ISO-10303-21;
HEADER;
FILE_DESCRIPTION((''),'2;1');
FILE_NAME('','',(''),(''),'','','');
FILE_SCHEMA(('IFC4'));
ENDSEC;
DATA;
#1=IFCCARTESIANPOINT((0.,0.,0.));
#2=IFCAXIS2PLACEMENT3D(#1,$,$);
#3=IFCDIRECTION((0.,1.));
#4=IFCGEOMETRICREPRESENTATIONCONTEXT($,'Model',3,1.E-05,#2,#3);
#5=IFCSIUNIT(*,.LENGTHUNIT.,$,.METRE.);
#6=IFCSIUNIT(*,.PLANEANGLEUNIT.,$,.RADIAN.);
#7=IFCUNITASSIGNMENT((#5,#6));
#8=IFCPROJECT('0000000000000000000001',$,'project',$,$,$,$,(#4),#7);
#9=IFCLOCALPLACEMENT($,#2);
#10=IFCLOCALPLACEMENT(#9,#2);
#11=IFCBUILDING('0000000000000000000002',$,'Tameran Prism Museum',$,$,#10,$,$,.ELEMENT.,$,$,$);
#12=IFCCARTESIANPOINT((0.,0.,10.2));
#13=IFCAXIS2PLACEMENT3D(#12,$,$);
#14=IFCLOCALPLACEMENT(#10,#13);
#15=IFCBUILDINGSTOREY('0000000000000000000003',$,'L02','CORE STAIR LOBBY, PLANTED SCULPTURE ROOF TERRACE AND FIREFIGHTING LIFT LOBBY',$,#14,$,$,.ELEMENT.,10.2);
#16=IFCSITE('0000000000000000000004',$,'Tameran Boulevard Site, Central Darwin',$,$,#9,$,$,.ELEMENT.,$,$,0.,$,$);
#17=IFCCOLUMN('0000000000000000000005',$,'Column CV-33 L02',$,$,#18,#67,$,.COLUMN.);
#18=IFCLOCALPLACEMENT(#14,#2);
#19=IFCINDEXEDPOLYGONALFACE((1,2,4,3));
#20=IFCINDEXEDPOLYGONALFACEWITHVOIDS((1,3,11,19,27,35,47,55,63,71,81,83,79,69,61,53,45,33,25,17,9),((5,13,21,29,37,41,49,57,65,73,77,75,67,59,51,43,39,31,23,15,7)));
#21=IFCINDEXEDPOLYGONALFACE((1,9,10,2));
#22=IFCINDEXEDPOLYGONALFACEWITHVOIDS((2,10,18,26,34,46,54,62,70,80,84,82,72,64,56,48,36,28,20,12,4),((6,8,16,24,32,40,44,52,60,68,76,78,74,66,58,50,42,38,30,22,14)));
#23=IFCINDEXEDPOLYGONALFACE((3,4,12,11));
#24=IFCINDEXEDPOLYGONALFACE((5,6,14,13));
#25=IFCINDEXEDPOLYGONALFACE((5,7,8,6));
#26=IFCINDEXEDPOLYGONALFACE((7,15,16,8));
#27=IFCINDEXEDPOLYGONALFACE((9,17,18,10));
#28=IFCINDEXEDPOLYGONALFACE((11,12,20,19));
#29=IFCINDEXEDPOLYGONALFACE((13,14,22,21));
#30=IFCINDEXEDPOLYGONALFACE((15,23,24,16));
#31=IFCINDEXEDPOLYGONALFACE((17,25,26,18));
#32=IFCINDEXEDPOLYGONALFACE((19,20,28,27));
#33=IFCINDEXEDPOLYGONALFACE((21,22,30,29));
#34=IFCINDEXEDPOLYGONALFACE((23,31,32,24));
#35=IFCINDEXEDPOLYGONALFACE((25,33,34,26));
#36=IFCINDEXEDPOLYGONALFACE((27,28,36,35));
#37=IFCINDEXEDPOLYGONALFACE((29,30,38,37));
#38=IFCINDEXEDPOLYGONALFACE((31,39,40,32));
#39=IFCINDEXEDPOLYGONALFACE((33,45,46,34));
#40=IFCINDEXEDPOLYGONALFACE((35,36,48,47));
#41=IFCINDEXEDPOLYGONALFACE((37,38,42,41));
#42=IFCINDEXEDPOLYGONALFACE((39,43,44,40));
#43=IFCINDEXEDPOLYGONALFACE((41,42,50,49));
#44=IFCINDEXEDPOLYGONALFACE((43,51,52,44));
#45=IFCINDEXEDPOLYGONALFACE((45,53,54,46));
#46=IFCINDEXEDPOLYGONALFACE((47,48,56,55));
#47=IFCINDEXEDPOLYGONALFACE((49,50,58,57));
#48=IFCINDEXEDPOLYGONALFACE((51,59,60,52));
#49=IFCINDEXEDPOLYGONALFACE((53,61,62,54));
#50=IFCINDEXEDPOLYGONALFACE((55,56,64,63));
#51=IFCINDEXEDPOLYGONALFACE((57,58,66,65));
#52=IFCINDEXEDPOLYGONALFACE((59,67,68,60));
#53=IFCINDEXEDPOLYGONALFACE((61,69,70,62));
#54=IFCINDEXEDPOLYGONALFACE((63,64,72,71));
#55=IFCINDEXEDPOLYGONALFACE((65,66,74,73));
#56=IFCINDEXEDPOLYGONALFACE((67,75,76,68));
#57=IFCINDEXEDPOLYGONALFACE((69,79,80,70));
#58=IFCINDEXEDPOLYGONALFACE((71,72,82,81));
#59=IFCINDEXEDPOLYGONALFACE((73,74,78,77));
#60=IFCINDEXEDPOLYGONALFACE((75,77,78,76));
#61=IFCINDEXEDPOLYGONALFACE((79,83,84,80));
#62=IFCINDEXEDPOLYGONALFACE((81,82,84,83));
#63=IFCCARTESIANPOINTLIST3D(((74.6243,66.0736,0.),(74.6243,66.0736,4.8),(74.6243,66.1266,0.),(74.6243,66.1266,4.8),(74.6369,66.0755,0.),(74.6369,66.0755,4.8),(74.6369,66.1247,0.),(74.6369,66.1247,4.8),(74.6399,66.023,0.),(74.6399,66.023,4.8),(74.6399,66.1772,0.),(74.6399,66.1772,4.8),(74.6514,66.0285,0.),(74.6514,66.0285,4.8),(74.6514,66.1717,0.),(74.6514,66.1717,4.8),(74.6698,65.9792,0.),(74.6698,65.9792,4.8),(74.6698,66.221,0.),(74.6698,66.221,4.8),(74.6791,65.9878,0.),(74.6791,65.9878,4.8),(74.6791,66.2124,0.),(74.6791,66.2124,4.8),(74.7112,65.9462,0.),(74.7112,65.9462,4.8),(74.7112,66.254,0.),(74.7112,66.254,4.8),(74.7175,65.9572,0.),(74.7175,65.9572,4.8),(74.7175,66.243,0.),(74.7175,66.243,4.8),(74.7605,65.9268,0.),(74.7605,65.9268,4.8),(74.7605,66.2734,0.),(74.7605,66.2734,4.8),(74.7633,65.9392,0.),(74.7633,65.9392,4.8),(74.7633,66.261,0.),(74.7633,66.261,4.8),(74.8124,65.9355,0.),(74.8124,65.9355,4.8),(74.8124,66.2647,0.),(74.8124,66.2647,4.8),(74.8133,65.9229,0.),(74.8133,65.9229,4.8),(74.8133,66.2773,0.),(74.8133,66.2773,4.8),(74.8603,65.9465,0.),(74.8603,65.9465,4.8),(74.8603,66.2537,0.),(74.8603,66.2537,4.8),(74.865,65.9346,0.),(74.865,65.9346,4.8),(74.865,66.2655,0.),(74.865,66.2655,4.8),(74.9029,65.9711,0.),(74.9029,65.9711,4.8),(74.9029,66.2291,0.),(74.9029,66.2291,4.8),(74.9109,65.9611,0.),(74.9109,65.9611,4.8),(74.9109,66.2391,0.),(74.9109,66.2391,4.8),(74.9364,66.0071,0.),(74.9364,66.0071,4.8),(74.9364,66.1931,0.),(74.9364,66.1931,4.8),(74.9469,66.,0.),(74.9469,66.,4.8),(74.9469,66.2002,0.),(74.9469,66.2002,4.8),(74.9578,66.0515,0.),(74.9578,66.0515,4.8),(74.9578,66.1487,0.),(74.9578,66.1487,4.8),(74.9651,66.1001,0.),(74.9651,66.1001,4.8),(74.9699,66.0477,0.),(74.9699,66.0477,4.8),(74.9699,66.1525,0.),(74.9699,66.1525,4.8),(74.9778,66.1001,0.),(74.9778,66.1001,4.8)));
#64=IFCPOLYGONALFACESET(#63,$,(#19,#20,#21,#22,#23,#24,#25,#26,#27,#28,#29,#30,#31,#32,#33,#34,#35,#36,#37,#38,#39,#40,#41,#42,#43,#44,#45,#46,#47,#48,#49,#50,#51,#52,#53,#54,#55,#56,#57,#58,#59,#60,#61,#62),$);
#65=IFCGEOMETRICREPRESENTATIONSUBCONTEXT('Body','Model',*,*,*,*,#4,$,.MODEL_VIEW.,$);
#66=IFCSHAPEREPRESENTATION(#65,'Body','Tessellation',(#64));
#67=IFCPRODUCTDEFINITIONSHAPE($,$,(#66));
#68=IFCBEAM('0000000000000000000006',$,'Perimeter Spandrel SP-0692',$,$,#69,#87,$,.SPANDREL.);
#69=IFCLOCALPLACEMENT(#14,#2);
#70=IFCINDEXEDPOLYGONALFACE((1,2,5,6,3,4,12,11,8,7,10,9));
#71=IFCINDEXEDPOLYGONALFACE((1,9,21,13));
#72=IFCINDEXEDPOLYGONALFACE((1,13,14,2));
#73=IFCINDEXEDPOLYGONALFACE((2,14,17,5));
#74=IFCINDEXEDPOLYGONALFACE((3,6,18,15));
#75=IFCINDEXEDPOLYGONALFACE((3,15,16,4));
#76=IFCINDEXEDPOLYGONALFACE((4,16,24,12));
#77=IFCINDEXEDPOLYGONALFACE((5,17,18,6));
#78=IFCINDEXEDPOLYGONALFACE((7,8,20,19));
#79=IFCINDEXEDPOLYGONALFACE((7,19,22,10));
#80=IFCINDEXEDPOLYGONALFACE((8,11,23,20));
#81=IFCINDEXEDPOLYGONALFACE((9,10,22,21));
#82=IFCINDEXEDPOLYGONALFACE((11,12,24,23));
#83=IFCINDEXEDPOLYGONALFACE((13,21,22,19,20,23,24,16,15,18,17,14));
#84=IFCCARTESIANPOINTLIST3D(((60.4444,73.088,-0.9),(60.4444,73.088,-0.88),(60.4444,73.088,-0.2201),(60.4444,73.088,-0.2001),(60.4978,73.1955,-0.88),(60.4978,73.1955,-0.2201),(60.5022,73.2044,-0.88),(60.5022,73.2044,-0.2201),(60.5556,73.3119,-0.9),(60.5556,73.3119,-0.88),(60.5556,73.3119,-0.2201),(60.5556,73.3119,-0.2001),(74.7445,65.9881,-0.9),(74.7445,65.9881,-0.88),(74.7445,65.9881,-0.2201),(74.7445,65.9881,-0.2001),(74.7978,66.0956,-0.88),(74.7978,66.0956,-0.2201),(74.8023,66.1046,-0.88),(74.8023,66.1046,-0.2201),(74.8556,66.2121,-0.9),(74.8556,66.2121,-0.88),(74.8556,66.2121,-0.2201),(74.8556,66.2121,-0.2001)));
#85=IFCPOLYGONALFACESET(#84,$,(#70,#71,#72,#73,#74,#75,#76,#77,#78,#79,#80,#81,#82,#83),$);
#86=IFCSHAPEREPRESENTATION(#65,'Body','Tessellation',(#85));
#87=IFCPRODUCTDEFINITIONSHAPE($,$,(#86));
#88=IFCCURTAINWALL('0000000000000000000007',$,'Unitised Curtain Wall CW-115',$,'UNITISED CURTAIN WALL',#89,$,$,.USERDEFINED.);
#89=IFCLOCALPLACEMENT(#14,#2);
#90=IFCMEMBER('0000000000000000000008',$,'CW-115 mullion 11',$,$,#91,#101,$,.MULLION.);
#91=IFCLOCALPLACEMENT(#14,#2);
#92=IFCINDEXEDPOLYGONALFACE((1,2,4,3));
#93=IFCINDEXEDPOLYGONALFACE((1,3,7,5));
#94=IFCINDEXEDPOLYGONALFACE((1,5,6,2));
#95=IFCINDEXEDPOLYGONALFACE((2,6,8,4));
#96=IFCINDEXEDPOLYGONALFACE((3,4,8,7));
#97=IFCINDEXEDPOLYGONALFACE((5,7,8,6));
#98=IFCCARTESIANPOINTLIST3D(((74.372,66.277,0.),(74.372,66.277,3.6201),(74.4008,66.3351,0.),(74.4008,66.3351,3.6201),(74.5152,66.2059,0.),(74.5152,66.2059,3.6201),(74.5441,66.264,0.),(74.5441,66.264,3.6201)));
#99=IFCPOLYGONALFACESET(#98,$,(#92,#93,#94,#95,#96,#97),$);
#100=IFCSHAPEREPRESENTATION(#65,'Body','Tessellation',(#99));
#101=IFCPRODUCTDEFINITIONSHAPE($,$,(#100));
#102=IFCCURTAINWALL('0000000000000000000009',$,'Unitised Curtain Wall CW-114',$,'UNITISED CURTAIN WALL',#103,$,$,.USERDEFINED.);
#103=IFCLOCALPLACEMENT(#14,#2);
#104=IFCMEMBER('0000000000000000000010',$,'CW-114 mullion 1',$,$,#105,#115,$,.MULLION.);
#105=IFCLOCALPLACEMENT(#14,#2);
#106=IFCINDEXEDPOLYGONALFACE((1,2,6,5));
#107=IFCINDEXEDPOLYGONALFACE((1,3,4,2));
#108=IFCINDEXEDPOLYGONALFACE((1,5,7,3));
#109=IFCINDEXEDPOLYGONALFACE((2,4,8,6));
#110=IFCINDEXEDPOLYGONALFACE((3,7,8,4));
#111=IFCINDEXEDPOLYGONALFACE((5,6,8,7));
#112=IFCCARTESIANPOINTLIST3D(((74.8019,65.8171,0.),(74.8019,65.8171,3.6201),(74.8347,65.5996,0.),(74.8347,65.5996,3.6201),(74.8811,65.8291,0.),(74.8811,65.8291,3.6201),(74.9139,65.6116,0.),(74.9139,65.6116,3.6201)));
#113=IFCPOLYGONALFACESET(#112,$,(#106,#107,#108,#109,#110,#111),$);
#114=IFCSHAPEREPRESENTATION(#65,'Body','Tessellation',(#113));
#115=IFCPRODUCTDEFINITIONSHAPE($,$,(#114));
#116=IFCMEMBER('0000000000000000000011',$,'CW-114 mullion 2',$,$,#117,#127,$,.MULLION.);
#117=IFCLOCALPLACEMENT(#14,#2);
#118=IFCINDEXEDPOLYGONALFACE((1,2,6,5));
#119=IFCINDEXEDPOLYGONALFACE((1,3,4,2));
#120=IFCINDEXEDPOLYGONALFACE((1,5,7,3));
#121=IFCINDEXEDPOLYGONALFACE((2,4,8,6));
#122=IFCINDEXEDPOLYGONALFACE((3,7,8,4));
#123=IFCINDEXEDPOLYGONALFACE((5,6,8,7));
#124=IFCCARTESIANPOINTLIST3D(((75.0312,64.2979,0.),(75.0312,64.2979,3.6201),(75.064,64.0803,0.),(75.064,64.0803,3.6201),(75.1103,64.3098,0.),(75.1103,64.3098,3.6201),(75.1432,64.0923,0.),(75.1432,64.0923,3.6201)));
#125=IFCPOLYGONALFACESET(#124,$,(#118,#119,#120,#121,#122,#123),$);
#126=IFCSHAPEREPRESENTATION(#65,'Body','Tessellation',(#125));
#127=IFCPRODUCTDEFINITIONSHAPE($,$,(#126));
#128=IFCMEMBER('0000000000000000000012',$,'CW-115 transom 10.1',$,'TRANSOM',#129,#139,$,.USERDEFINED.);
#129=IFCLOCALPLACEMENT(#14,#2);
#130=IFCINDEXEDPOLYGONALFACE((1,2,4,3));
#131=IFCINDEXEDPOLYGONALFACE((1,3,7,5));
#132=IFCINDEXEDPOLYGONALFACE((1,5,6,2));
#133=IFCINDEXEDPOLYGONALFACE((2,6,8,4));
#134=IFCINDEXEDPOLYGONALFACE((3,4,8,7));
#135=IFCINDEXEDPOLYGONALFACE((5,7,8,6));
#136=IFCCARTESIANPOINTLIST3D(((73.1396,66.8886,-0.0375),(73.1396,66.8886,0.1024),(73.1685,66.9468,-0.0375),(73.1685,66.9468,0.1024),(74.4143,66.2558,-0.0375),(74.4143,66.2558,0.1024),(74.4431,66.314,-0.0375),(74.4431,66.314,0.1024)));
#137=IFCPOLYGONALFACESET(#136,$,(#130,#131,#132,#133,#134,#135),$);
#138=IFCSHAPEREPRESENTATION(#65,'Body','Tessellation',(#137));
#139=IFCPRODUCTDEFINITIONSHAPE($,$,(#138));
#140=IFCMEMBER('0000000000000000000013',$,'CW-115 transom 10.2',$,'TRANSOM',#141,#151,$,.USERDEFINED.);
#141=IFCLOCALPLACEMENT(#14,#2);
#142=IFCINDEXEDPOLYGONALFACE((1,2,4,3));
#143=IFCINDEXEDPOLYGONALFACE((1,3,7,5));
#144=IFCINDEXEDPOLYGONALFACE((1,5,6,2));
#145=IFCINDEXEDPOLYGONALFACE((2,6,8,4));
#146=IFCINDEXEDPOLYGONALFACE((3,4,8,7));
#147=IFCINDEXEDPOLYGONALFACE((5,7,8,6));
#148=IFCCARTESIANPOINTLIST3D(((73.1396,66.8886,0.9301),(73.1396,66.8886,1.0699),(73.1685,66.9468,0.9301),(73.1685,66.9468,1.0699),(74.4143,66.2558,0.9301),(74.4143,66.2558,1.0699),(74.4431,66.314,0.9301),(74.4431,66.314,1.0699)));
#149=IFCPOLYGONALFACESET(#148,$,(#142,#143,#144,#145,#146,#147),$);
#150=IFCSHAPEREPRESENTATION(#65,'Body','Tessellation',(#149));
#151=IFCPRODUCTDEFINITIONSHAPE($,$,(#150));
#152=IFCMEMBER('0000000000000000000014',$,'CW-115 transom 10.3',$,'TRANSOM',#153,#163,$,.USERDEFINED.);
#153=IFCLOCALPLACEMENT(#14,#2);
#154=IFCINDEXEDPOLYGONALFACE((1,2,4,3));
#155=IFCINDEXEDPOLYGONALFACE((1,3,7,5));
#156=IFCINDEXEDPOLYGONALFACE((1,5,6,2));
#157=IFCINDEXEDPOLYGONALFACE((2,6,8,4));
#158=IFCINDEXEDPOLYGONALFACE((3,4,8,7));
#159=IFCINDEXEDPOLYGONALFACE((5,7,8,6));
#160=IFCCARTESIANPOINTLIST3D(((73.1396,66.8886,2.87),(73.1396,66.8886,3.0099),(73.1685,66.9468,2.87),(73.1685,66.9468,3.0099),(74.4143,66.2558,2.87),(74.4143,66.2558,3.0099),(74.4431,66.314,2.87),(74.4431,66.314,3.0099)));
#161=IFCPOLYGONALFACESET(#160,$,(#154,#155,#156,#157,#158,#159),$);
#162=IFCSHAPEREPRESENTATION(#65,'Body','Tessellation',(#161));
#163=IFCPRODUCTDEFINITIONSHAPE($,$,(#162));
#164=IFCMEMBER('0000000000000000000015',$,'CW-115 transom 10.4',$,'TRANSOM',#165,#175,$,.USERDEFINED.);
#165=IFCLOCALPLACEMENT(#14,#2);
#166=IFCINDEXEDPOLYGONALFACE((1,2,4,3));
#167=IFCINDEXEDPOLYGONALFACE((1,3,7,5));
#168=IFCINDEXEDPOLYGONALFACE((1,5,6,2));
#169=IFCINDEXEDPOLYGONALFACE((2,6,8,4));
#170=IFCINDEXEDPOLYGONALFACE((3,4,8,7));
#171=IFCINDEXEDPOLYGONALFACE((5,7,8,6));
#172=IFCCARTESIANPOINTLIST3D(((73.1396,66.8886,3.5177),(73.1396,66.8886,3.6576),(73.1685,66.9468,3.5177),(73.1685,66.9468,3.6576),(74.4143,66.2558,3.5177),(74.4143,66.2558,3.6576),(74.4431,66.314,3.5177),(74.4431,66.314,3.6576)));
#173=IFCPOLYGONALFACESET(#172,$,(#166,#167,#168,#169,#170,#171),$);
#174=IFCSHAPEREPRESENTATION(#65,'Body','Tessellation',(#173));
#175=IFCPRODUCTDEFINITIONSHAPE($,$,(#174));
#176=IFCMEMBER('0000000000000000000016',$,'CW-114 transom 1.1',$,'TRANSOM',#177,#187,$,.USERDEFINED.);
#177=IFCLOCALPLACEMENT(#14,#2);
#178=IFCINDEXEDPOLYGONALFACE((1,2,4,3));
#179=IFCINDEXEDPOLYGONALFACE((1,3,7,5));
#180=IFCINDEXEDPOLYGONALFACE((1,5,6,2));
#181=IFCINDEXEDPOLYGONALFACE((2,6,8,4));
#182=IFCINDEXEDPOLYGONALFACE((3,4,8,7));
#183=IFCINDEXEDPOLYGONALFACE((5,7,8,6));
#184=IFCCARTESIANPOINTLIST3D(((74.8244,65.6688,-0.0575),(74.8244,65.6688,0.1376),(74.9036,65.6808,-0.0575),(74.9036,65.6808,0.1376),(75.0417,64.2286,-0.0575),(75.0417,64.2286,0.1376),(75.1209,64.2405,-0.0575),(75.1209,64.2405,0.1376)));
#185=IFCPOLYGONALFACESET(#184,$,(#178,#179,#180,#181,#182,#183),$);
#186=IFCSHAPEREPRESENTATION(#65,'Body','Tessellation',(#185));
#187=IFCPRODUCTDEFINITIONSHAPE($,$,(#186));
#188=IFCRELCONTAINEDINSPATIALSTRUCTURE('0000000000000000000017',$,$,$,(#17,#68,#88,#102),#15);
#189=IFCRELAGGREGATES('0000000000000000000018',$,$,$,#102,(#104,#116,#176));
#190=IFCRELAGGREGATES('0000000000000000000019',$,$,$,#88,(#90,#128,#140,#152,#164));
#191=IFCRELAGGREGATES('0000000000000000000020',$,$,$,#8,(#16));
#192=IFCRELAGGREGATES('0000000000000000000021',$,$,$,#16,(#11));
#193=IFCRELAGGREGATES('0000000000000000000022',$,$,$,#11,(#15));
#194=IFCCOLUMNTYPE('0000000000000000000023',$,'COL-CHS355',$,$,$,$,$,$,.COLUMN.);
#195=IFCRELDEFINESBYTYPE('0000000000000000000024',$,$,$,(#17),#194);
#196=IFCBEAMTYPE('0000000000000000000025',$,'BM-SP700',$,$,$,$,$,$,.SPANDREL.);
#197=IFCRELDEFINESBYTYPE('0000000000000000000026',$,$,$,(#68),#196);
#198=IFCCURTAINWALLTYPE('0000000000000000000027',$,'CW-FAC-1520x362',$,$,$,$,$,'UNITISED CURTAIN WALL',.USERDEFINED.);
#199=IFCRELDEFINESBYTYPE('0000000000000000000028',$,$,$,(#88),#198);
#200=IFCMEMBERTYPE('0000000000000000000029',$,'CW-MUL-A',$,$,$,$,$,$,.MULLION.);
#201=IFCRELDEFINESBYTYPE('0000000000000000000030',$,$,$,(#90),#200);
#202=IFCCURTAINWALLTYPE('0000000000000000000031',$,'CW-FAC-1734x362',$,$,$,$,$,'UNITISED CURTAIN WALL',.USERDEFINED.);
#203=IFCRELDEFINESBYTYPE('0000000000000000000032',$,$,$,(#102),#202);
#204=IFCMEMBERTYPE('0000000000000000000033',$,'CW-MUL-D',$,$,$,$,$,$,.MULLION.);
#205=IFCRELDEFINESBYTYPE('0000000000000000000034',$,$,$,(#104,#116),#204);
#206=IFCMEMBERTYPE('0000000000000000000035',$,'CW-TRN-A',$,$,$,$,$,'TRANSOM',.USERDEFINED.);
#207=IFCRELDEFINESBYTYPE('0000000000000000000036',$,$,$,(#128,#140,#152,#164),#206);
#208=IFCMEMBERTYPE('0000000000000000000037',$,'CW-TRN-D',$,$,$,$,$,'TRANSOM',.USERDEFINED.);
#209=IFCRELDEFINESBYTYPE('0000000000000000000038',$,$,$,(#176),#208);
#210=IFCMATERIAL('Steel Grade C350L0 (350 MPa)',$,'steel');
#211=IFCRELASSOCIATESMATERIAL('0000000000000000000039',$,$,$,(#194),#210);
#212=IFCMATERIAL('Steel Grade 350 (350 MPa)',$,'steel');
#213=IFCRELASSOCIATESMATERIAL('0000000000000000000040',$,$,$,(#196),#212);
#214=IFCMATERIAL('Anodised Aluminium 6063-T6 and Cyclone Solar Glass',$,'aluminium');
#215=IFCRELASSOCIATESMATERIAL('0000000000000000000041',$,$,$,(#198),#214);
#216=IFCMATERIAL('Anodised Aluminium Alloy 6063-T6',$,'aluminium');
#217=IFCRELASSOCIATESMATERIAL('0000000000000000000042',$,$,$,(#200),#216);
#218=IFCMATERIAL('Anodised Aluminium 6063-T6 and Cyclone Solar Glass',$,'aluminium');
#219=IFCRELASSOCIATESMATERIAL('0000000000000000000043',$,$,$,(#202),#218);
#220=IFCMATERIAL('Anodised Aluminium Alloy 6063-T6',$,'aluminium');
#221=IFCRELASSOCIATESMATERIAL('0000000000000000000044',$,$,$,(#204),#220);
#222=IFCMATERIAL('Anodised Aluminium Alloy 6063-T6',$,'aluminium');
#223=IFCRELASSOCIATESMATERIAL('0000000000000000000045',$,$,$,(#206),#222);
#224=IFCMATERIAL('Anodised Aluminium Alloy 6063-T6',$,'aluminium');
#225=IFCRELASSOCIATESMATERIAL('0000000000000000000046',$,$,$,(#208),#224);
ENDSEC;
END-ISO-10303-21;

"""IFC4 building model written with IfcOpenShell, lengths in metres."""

from ifc_helpers import new_model, si_unit, direction, frame, origin, origin_2d, place, context, subcontext, project, spatial, rectangle, hollow_circle, i_section, extrude, material, material_profile, profile_set, type_object, element, aggregate, save


model = new_model("IFC4")

# Units and contexts
model_context = context("Model", 3, precision=1e-05, world=origin(), true_north=direction((0.0, 1.0)))
body_context = subcontext(model_context, "Body", "Model", "MODEL_VIEW")
ifc_project = project(units=[si_unit("LENGTHUNIT", "METRE"), si_unit("PLANEANGLEUNIT", "RADIAN")], contexts=[model_context])

# Site, building, storey
site_placement = place(None, origin())
site = spatial("IfcSite", under=ifc_project, at=site_placement, Name="Tameran Boulevard Site, Central Darwin", CompositionType="ELEMENT", RefElevation=0.0)
building_placement = place(site_placement, origin())
building = spatial("IfcBuilding", under=site, at=building_placement, Name="Tameran Prism Museum", CompositionType="ELEMENT")
storey_placement = place(building_placement, frame((0.0, 0.0, 10.2)))
storey = spatial("IfcBuildingStorey", under=building, at=storey_placement, Name="L02", Description="CORE STAIR LOBBY, PLANTED SCULPTURE ROOF TERRACE AND FIREFIGHTING LIFT LOBBY", CompositionType="ELEMENT", Elevation=10.2)

# Column
ifc_material_1 = material(Name="Steel Grade C350L0 (350 MPa)", Category="steel")
ifc_material_profile_1 = material_profile(ifc_material_1, hollow_circle(Radius=0.1777, WallThickness=0.0127, at=origin_2d()))
ifc_profile_set_1 = profile_set([ifc_material_profile_1])
column_type = type_object("IfcColumnType", Name="COL-CHS355", PredefinedType="COLUMN", material=ifc_profile_set_1)
column_placement = place(storey_placement, frame((74.8, 66.1001, 0.0), z_axis=(0.0, 0.0, 1.0), x_axis=(1.0, 0.0, 0.0)))
element("IfcColumn", 1, at=column_placement, inside=storey, type_object=column_type, Name="Column CV-33 L02", PredefinedType="COLUMN", context=body_context, shape_type="SweptSolid", body=[
    extrude(hollow_circle(Radius=0.1777, WallThickness=0.0127, at=origin_2d()), origin(), (0.0, 0.0, 1.0), 4.8),
])

# Beam
ifc_material_2 = material(Name="Steel Grade 350 (350 MPa)", Category="steel")
ifc_material_profile_2 = material_profile(ifc_material_2, i_section(OverallWidth=0.25, OverallDepth=0.7, WebThickness=0.01, FlangeThickness=0.02, at=origin_2d()))
ifc_profile_set_2 = profile_set([ifc_material_profile_2])
beam_type = type_object("IfcBeamType", Name="BM-SP700", PredefinedType="SPANDREL", material=ifc_profile_set_2)
beam_placement = place(storey_placement, frame((74.8, 66.1001, -0.55), z_axis=(-0.895681, 0.444698, 0.0), x_axis=(-0.444698, -0.895681, 0.0)))
element("IfcBeam", 2, at=beam_placement, inside=storey, type_object=beam_type, Name="Perimeter Spandrel SP-0692", PredefinedType="SPANDREL", context=body_context, shape_type="SweptSolid", body=[
    extrude(i_section(OverallWidth=0.25, OverallDepth=0.7, WebThickness=0.01, FlangeThickness=0.02, at=origin_2d()), origin(), (0.0, 0.0, 1.0), 15.9656),
])

# Curtain wall, member
ifc_material_3 = material(Name="Anodised Aluminium 6063-T6 and Cyclone Solar Glass", Category="aluminium")
curtain_wall_type_1 = type_object("IfcCurtainWallType", Name="CW-FAC-1520x362", ElementType="UNITISED CURTAIN WALL", PredefinedType="USERDEFINED", material=ifc_material_3)
curtain_wall_1_placement = place(storey_placement, origin())
curtain_wall_1 = element("IfcCurtainWall", 3, at=curtain_wall_1_placement, inside=storey, type_object=curtain_wall_type_1, Name="Unitised Curtain Wall CW-115", ObjectType="UNITISED CURTAIN WALL", PredefinedType="USERDEFINED")
ifc_material_4 = material(Name="Anodised Aluminium Alloy 6063-T6", Category="aluminium")
ifc_material_profile_3 = material_profile(ifc_material_4, rectangle(XDim=0.0649, YDim=0.1599, at=origin_2d()))
ifc_profile_set_3 = profile_set([ifc_material_profile_3])
member_type_1 = type_object("IfcMemberType", Name="CW-MUL-A", PredefinedType="MULLION", material=ifc_profile_set_3)
member_1_placement = place(storey_placement, frame((74.458, 66.2705, 0.0), z_axis=(0.0, 0.0, 1.0), x_axis=(0.444634, 0.895712, 0.0)))
member_1 = element("IfcMember", 4, at=member_1_placement, type_object=member_type_1, Name="CW-115 mullion 11", PredefinedType="MULLION", context=body_context, shape_type="SweptSolid", body=[
    extrude(rectangle(XDim=0.0649, YDim=0.1599, at=origin_2d()), origin(), (0.0, 0.0, 1.0), 3.6201),
])

# Curtain wall, members
ifc_material_5 = material(Name="Anodised Aluminium 6063-T6 and Cyclone Solar Glass", Category="aluminium")
curtain_wall_type_2 = type_object("IfcCurtainWallType", Name="CW-FAC-1734x362", ElementType="UNITISED CURTAIN WALL", PredefinedType="USERDEFINED", material=ifc_material_5)
curtain_wall_2_placement = place(storey_placement, origin())
curtain_wall_2 = element("IfcCurtainWall", 5, at=curtain_wall_2_placement, inside=storey, type_object=curtain_wall_type_2, Name="Unitised Curtain Wall CW-114", ObjectType="UNITISED CURTAIN WALL", PredefinedType="USERDEFINED")
ifc_material_6 = material(Name="Anodised Aluminium Alloy 6063-T6", Category="aluminium")
ifc_material_profile_4 = material_profile(ifc_material_6, rectangle(XDim=0.0801, YDim=0.22, at=origin_2d()))
ifc_profile_set_4 = profile_set([ifc_material_profile_4])
member_type_2 = type_object("IfcMemberType", Name="CW-MUL-D", PredefinedType="MULLION", material=ifc_profile_set_4)
member_2_placement = place(storey_placement, frame((74.8579, 65.7144, 0.0), z_axis=(0.0, 0.0, 1.0), x_axis=(0.988812, 0.149167, 0.0)))
member_2 = element("IfcMember", 6, at=member_2_placement, type_object=member_type_2, Name="CW-114 mullion 1", PredefinedType="MULLION", context=body_context, shape_type="SweptSolid", body=[
    extrude(rectangle(XDim=0.0801, YDim=0.22, at=origin_2d()), origin(), (0.0, 0.0, 1.0), 3.6201),
])
member_3_placement = place(storey_placement, frame((75.0872, 64.1951, 0.0), z_axis=(0.0, 0.0, 1.0), x_axis=(0.988812, 0.149167, 0.0)))
member_3 = element("IfcMember", 7, at=member_3_placement, type_object=member_type_2, Name="CW-114 mullion 2", PredefinedType="MULLION", context=body_context, shape_type="SweptSolid", body=[
    extrude(rectangle(XDim=0.0801, YDim=0.22, at=origin_2d()), origin(), (0.0, 0.0, 1.0), 3.6201),
])

# Members
ifc_material_7 = material(Name="Anodised Aluminium Alloy 6063-T6", Category="aluminium")
ifc_material_profile_5 = material_profile(ifc_material_7, rectangle(XDim=0.0649, YDim=0.1399, at=origin_2d()))
ifc_profile_set_5 = profile_set([ifc_material_profile_5])
member_type_3 = type_object("IfcMemberType", Name="CW-TRN-A", ElementType="TRANSOM", PredefinedType="USERDEFINED", material=ifc_profile_set_5)
member_4_placement = place(storey_placement, frame((73.1541, 66.9177, 0.0325), z_axis=(0.895693, -0.444673, 0.0), x_axis=(0.444673, 0.895693, 0.0)))
member_4 = element("IfcMember", 8, at=member_4_placement, type_object=member_type_3, Name="CW-115 transom 10.1", ObjectType="TRANSOM", PredefinedType="USERDEFINED", context=body_context, shape_type="SweptSolid", body=[
    extrude(rectangle(XDim=0.0649, YDim=0.1399, at=origin_2d()), origin(), (0.0, 0.0, 1.0), 1.4231),
])
member_5_placement = place(storey_placement, frame((73.1541, 66.9177, 1.0), z_axis=(0.895693, -0.444673, 0.0), x_axis=(0.444673, 0.895693, 0.0)))
member_5 = element("IfcMember", 9, at=member_5_placement, type_object=member_type_3, Name="CW-115 transom 10.2", ObjectType="TRANSOM", PredefinedType="USERDEFINED", context=body_context, shape_type="SweptSolid", body=[
    extrude(rectangle(XDim=0.0649, YDim=0.1399, at=origin_2d()), origin(), (0.0, 0.0, 1.0), 1.4231),
])
member_6_placement = place(storey_placement, frame((73.1541, 66.9177, 2.9399), z_axis=(0.895693, -0.444673, 0.0), x_axis=(0.444673, 0.895693, 0.0)))
member_6 = element("IfcMember", 10, at=member_6_placement, type_object=member_type_3, Name="CW-115 transom 10.3", ObjectType="TRANSOM", PredefinedType="USERDEFINED", context=body_context, shape_type="SweptSolid", body=[
    extrude(rectangle(XDim=0.0649, YDim=0.1399, at=origin_2d()), origin(), (0.0, 0.0, 1.0), 1.4231),
])
member_7_placement = place(storey_placement, frame((73.1541, 66.9177, 3.5876), z_axis=(0.895693, -0.444673, 0.0), x_axis=(0.444673, 0.895693, 0.0)))
member_7 = element("IfcMember", 11, at=member_7_placement, type_object=member_type_3, Name="CW-115 transom 10.4", ObjectType="TRANSOM", PredefinedType="USERDEFINED", context=body_context, shape_type="SweptSolid", body=[
    extrude(rectangle(XDim=0.0649, YDim=0.1399, at=origin_2d()), origin(), (0.0, 0.0, 1.0), 1.4231),
])
ifc_material_8 = material(Name="Anodised Aluminium Alloy 6063-T6", Category="aluminium")
ifc_material_profile_6 = material_profile(ifc_material_8, rectangle(XDim=0.0801, YDim=0.1951, at=origin_2d()))
ifc_profile_set_6 = profile_set([ifc_material_profile_6])
member_type_4 = type_object("IfcMemberType", Name="CW-TRN-D", ElementType="TRANSOM", PredefinedType="USERDEFINED", material=ifc_profile_set_6)
member_8_placement = place(storey_placement, frame((74.864, 65.6748, 0.04), z_axis=(0.149185, -0.988809, 0.0), x_axis=(0.988809, 0.149185, 0.0)))
member_8 = element("IfcMember", 12, at=member_8_placement, type_object=member_type_4, Name="CW-114 transom 1.1", ObjectType="TRANSOM", PredefinedType="USERDEFINED", context=body_context, shape_type="SweptSolid", body=[
    extrude(rectangle(XDim=0.0801, YDim=0.1951, at=origin_2d()), origin(), (0.0, 0.0, 1.0), 1.4565),
])

aggregate(curtain_wall_2, [member_2, member_3, member_8])
aggregate(curtain_wall_1, [member_1, member_4, member_5, member_6, member_7])

save(model, "model.ifc")
